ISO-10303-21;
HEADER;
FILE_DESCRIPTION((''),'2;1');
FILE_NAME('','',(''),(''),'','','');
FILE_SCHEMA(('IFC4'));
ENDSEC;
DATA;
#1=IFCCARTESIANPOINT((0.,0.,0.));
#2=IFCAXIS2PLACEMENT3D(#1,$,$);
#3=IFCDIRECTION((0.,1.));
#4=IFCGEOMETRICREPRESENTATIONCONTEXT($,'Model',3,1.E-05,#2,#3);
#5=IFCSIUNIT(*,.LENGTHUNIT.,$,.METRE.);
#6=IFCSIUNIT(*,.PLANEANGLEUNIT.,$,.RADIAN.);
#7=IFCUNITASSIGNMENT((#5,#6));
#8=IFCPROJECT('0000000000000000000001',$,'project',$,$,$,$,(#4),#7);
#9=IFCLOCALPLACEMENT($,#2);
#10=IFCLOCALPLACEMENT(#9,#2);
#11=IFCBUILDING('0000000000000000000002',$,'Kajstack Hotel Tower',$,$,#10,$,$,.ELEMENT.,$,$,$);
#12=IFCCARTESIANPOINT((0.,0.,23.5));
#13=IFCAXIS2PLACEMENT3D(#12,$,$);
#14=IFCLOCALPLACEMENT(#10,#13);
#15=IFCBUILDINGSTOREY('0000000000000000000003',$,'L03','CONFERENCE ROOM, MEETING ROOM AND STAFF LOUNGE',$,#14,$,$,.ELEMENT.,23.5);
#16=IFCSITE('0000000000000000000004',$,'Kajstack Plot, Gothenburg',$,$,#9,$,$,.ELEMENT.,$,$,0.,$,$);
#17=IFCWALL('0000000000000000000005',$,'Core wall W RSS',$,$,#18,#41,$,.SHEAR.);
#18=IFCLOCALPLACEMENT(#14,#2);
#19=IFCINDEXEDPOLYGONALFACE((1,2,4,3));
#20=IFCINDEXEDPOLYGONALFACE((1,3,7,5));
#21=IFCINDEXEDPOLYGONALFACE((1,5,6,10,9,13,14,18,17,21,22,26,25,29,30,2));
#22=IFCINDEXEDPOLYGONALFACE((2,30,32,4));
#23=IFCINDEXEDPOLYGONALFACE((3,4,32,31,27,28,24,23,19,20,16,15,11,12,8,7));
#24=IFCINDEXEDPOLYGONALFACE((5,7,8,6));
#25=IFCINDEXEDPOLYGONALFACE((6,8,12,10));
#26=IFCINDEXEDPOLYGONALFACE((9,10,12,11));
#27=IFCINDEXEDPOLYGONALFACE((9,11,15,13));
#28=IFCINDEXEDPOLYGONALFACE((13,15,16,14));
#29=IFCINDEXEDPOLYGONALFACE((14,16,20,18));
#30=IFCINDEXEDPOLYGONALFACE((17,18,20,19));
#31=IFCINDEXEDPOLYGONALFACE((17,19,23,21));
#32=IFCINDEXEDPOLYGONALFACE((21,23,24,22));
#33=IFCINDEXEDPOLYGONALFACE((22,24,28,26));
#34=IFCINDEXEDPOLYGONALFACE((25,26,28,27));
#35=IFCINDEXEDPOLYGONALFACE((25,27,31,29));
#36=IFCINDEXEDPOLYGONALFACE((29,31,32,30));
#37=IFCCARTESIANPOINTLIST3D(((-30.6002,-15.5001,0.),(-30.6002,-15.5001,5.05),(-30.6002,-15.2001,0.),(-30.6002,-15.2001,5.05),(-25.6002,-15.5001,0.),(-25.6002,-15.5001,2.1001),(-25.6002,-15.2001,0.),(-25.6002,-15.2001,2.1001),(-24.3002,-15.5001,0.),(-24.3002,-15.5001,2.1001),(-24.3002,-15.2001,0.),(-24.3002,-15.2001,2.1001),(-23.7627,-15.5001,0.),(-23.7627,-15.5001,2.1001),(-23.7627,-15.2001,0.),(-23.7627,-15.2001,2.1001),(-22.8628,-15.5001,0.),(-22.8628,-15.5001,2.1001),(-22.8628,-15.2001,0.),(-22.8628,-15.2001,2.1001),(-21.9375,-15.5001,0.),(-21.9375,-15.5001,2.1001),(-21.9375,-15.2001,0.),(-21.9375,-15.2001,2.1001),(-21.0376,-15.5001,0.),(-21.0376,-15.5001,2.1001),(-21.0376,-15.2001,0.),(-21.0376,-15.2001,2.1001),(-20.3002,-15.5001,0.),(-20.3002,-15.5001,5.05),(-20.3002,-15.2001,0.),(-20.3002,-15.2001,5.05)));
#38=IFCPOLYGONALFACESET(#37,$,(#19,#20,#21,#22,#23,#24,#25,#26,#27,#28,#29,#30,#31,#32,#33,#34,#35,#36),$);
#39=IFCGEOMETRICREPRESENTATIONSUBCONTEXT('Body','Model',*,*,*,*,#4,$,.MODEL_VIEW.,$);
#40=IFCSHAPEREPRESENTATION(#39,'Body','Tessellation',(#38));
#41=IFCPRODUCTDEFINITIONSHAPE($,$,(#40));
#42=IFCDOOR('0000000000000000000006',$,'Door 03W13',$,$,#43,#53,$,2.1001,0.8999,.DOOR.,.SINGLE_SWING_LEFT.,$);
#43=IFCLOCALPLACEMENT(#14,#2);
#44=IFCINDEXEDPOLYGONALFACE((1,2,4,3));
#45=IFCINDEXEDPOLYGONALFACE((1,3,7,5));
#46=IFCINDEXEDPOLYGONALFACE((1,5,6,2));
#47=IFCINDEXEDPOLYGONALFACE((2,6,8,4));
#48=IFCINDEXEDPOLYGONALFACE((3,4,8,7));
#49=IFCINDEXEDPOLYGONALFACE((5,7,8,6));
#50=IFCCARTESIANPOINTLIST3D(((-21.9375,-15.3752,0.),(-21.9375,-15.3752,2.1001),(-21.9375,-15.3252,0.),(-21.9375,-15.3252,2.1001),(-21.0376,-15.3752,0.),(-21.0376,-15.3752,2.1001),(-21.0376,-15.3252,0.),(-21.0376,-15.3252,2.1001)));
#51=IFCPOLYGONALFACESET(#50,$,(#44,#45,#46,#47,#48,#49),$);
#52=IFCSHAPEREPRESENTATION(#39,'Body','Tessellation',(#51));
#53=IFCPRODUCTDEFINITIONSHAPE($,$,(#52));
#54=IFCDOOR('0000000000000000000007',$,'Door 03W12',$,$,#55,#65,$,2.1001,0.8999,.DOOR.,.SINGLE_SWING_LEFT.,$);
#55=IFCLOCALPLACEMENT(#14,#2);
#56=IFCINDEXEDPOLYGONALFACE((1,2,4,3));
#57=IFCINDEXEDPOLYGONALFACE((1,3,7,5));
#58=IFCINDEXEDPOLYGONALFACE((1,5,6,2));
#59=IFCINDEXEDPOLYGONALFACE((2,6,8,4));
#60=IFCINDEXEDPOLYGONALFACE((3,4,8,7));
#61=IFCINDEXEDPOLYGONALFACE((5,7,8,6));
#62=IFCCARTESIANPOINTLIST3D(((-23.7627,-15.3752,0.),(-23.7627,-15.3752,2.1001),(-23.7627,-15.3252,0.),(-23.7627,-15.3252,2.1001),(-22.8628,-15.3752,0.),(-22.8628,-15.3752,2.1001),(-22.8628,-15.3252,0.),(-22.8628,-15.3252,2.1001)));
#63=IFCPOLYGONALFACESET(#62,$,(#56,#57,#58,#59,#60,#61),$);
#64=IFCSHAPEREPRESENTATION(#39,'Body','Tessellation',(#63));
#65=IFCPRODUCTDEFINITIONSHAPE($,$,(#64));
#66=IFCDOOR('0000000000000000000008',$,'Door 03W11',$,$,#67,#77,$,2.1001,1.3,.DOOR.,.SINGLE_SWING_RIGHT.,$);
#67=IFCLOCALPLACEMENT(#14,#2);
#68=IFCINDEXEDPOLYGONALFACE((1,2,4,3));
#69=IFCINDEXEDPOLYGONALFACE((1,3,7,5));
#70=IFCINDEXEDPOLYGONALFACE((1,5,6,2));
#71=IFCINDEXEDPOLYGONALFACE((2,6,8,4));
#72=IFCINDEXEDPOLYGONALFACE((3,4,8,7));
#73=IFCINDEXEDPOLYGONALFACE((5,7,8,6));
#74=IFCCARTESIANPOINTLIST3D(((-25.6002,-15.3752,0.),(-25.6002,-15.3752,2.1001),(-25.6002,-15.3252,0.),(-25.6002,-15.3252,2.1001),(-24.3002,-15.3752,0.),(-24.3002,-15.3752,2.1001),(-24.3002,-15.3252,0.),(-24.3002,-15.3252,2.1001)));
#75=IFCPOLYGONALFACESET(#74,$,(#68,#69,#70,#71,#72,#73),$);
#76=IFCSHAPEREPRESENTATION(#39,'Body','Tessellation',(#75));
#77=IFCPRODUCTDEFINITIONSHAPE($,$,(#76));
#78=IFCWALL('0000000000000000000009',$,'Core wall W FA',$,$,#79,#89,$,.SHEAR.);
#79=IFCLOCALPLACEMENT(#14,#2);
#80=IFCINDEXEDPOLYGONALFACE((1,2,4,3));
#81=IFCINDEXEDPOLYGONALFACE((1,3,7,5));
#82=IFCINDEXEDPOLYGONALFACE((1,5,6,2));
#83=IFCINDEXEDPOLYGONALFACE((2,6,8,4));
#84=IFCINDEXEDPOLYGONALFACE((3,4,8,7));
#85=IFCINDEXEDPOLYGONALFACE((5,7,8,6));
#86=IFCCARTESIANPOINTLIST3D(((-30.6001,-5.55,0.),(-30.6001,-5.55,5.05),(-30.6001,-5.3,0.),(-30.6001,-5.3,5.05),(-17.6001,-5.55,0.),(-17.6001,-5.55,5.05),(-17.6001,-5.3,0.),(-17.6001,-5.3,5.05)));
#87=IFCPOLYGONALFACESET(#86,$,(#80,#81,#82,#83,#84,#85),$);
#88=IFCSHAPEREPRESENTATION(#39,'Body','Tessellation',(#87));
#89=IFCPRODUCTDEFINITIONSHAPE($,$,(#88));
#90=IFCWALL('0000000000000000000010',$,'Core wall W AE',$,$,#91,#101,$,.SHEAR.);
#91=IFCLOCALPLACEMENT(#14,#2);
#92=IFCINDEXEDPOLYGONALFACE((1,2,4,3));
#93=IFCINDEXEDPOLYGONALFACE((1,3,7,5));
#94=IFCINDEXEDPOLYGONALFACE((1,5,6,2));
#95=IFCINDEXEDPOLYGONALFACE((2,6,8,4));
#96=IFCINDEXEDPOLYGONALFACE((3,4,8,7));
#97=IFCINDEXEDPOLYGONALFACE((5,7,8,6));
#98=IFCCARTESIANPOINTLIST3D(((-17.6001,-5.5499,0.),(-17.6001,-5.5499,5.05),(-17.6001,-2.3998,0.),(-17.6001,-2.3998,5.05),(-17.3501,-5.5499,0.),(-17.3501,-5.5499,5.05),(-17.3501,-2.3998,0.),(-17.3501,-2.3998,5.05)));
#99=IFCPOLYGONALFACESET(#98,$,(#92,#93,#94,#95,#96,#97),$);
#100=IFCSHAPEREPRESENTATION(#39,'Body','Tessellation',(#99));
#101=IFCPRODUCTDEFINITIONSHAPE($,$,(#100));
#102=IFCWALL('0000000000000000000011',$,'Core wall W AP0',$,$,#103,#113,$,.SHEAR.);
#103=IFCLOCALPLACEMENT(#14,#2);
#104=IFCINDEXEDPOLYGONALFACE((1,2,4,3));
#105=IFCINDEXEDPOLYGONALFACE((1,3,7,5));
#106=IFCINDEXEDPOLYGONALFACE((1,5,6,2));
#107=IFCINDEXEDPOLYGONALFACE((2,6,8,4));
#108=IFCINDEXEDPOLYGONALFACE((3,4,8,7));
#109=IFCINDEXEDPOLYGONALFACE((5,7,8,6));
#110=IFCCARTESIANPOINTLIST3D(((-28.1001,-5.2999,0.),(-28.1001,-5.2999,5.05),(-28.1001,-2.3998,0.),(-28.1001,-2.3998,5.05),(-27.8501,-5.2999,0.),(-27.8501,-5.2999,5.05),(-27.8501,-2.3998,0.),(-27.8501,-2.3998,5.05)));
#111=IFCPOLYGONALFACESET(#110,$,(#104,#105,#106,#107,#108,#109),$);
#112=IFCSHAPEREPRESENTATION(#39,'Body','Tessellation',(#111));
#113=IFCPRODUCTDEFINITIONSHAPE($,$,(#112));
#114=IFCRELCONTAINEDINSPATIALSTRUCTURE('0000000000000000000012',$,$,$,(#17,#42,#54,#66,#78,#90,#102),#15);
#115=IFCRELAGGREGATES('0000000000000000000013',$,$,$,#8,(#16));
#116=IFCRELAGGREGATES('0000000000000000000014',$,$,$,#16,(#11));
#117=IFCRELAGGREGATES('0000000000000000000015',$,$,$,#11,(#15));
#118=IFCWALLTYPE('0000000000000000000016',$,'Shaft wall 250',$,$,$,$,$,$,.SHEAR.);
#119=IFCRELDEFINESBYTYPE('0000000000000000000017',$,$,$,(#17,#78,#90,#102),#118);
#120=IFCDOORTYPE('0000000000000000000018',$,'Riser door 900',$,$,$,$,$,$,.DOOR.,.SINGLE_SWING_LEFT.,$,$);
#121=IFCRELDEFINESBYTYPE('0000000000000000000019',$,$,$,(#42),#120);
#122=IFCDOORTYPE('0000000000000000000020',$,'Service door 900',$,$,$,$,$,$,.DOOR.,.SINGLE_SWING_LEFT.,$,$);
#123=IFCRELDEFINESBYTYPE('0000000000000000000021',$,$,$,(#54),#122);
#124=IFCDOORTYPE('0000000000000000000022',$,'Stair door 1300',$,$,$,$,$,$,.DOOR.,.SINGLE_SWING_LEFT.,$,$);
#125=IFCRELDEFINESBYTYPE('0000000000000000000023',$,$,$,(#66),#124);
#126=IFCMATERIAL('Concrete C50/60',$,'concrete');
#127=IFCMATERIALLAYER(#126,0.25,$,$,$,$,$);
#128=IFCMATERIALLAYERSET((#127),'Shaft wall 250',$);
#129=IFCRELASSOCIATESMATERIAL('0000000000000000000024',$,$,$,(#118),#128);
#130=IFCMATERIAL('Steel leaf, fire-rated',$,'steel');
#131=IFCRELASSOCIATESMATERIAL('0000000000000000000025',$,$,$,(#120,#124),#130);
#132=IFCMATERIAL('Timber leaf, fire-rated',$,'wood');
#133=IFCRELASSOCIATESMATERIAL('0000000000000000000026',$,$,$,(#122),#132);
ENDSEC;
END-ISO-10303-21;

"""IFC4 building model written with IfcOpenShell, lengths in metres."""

from ifc_helpers import new_model, si_unit, direction, frame, frame_2d, origin, place, context, subcontext, project, spatial, rectangle, extrude, material, layer, layer_set, type_object, element, fill, save


model = new_model("IFC4")

# Units and contexts
model_context = context("Model", 3, precision=1e-05, world=origin(), true_north=direction((0.0, 1.0)))
body_context = subcontext(model_context, "Body", "Model", "MODEL_VIEW")
ifc_project = project(units=[si_unit("LENGTHUNIT", "METRE"), si_unit("PLANEANGLEUNIT", "RADIAN")], contexts=[model_context])

# Site, building, storey
site_placement = place(None, origin())
site = spatial("IfcSite", under=ifc_project, at=site_placement, Name="Kajstack Plot, Gothenburg", CompositionType="ELEMENT", RefElevation=0.0)
building_placement = place(site_placement, origin())
building = spatial("IfcBuilding", under=site, at=building_placement, Name="Kajstack Hotel Tower", CompositionType="ELEMENT")
storey_placement = place(building_placement, frame((0.0, 0.0, 23.5)))
storey = spatial("IfcBuildingStorey", under=building, at=storey_placement, Name="L03", Description="CONFERENCE ROOM, MEETING ROOM AND STAFF LOUNGE", CompositionType="ELEMENT", Elevation=23.5)

# Shared definitions
ifc_material_1 = material(Name="Concrete C50/60", Category="concrete")

# Wall, openings, doors
ifc_layer_1 = layer(ifc_material_1, 0.25)
ifc_layer_set_1 = layer_set([ifc_layer_1], Name="Shaft wall 250")
wall_type_1 = type_object("IfcWallType", Name="Shaft wall 250", PredefinedType="SHEAR", material=ifc_layer_set_1)
wall_1_placement = place(storey_placement, frame((-30.6001, -15.3501, 0.0), z_axis=(0.0, 0.0, 1.0), x_axis=(1.0, 0.0, 0.0)))
wall_1 = element("IfcWall", 1, at=wall_1_placement, inside=storey, type_object=wall_type_1, Name="Core wall W RSS", PredefinedType="SHEAR", context=body_context, shape_type="SweptSolid", body=[
    extrude(rectangle(XDim=10.3, YDim=0.3, at=frame_2d((5.1499, 0.0))), origin(), (0.0, 0.0, 1.0), 5.05),
])
opening_1_placement = place(wall_1_placement, frame((5.0, 0.0, 0.0)))
opening_1 = element("IfcOpeningElement", 2, at=opening_1_placement, cuts=wall_1, PredefinedType="OPENING", context=body_context, shape_type="SweptSolid", body=[
    extrude(rectangle(XDim=1.3, YDim=2.1001, at=frame_2d((0.6499, 1.05))), frame((0.0, 0.1599, 0.0), z_axis=(0.0, -1.0, 0.0), x_axis=(1.0, 0.0, 0.0)), (0.0, 0.0, 1.0), 0.3201),
])
opening_2_placement = place(wall_1_placement, frame((6.8374, 0.0, 0.0)))
opening_2 = element("IfcOpeningElement", 3, at=opening_2_placement, cuts=wall_1, PredefinedType="OPENING", context=body_context, shape_type="SweptSolid", body=[
    extrude(rectangle(XDim=0.8999, YDim=2.1001, at=frame_2d((0.45, 1.05))), frame((0.0, 0.1599, 0.0), z_axis=(0.0, -1.0, 0.0), x_axis=(1.0, 0.0, 0.0)), (0.0, 0.0, 1.0), 0.3201),
])
opening_3_placement = place(wall_1_placement, frame((8.6626, 0.0, 0.0)))
opening_3 = element("IfcOpeningElement", 4, at=opening_3_placement, cuts=wall_1, PredefinedType="OPENING", context=body_context, shape_type="SweptSolid", body=[
    extrude(rectangle(XDim=0.8999, YDim=2.1001, at=frame_2d((0.45, 1.05))), frame((0.0, 0.1599, 0.0), z_axis=(0.0, -1.0, 0.0), x_axis=(1.0, 0.0, 0.0)), (0.0, 0.0, 1.0), 0.3201),
])
ifc_material_2 = material(Name="Steel leaf, fire-rated", Category="steel")
door_type_1 = type_object("IfcDoorType", Name="Riser door 900", OperationType="SINGLE_SWING_LEFT", PredefinedType="DOOR", material=ifc_material_2)
door_1_placement = place(opening_3_placement, origin())
door_1 = element("IfcDoor", 5, at=door_1_placement, inside=storey, type_object=door_type_1, Name="Door 03W13", OperationType="SINGLE_SWING_LEFT", OverallHeight=2.1001, OverallWidth=0.8999, PredefinedType="DOOR", context=body_context, shape_type="SweptSolid", body=[
    extrude(rectangle(XDim=0.8999, YDim=2.1001, at=frame_2d((0.45, 1.05))), frame((0.0, 0.0249, 0.0), z_axis=(0.0, -1.0, 0.0), x_axis=(1.0, 0.0, 0.0)), (0.0, 0.0, 1.0), 0.05),
])
fill(opening_3, door_1)
ifc_material_3 = material(Name="Timber leaf, fire-rated", Category="wood")
door_type_2 = type_object("IfcDoorType", Name="Service door 900", OperationType="SINGLE_SWING_LEFT", PredefinedType="DOOR", material=ifc_material_3)
door_2_placement = place(opening_2_placement, origin())
door_2 = element("IfcDoor", 6, at=door_2_placement, inside=storey, type_object=door_type_2, Name="Door 03W12", OperationType="SINGLE_SWING_LEFT", OverallHeight=2.1001, OverallWidth=0.8999, PredefinedType="DOOR", context=body_context, shape_type="SweptSolid", body=[
    extrude(rectangle(XDim=0.8999, YDim=2.1001, at=frame_2d((0.45, 1.05))), frame((0.0, 0.0249, 0.0), z_axis=(0.0, -1.0, 0.0), x_axis=(1.0, 0.0, 0.0)), (0.0, 0.0, 1.0), 0.05),
])
fill(opening_2, door_2)
door_type_3 = type_object("IfcDoorType", Name="Stair door 1300", OperationType="SINGLE_SWING_LEFT", PredefinedType="DOOR", material=ifc_material_2)
door_3_placement = place(opening_1_placement, origin())
door_3 = element("IfcDoor", 7, at=door_3_placement, inside=storey, type_object=door_type_3, Name="Door 03W11", OperationType="SINGLE_SWING_RIGHT", OverallHeight=2.1001, OverallWidth=1.3, PredefinedType="DOOR", context=body_context, shape_type="SweptSolid", body=[
    extrude(rectangle(XDim=1.3, YDim=2.1001, at=frame_2d((0.6499, 1.05))), frame((0.0, 0.0249, 0.0), z_axis=(0.0, -1.0, 0.0), x_axis=(1.0, 0.0, 0.0)), (0.0, 0.0, 1.0), 0.05),
])
fill(opening_1, door_3)

# Walls
wall_2_placement = place(storey_placement, frame((-30.6001, -5.425, 0.0), z_axis=(0.0, 0.0, 1.0), x_axis=(1.0, 0.0, 0.0)))
element("IfcWall", 8, at=wall_2_placement, inside=storey, type_object=wall_type_1, Name="Core wall W FA", PredefinedType="SHEAR", context=body_context, shape_type="SweptSolid", body=[
    extrude(rectangle(XDim=13.0, YDim=0.25, at=frame_2d((6.5, 0.0))), origin(), (0.0, 0.0, 1.0), 5.05),
])
wall_3_placement = place(storey_placement, frame((-17.4751, -5.55, 0.0), z_axis=(0.0, 0.0, 1.0), x_axis=(0.0, 1.0, 0.0)))
element("IfcWall", 9, at=wall_3_placement, inside=storey, type_object=wall_type_1, Name="Core wall W AE", PredefinedType="SHEAR", context=body_context, shape_type="SweptSolid", body=[
    extrude(rectangle(XDim=3.1501, YDim=0.25, at=frame_2d((1.5752, 0.0))), origin(), (0.0, 0.0, 1.0), 5.05),
])
wall_4_placement = place(storey_placement, frame((-27.9751, -5.3, 0.0), z_axis=(0.0, 0.0, 1.0), x_axis=(0.0, 1.0, 0.0)))
element("IfcWall", 10, at=wall_4_placement, inside=storey, type_object=wall_type_1, Name="Core wall W AP0", PredefinedType="SHEAR", context=body_context, shape_type="SweptSolid", body=[
    extrude(rectangle(XDim=2.9001, YDim=0.25, at=frame_2d((1.4502, 0.0))), origin(), (0.0, 0.0, 1.0), 5.05),
])

save(model, "model.ifc")
